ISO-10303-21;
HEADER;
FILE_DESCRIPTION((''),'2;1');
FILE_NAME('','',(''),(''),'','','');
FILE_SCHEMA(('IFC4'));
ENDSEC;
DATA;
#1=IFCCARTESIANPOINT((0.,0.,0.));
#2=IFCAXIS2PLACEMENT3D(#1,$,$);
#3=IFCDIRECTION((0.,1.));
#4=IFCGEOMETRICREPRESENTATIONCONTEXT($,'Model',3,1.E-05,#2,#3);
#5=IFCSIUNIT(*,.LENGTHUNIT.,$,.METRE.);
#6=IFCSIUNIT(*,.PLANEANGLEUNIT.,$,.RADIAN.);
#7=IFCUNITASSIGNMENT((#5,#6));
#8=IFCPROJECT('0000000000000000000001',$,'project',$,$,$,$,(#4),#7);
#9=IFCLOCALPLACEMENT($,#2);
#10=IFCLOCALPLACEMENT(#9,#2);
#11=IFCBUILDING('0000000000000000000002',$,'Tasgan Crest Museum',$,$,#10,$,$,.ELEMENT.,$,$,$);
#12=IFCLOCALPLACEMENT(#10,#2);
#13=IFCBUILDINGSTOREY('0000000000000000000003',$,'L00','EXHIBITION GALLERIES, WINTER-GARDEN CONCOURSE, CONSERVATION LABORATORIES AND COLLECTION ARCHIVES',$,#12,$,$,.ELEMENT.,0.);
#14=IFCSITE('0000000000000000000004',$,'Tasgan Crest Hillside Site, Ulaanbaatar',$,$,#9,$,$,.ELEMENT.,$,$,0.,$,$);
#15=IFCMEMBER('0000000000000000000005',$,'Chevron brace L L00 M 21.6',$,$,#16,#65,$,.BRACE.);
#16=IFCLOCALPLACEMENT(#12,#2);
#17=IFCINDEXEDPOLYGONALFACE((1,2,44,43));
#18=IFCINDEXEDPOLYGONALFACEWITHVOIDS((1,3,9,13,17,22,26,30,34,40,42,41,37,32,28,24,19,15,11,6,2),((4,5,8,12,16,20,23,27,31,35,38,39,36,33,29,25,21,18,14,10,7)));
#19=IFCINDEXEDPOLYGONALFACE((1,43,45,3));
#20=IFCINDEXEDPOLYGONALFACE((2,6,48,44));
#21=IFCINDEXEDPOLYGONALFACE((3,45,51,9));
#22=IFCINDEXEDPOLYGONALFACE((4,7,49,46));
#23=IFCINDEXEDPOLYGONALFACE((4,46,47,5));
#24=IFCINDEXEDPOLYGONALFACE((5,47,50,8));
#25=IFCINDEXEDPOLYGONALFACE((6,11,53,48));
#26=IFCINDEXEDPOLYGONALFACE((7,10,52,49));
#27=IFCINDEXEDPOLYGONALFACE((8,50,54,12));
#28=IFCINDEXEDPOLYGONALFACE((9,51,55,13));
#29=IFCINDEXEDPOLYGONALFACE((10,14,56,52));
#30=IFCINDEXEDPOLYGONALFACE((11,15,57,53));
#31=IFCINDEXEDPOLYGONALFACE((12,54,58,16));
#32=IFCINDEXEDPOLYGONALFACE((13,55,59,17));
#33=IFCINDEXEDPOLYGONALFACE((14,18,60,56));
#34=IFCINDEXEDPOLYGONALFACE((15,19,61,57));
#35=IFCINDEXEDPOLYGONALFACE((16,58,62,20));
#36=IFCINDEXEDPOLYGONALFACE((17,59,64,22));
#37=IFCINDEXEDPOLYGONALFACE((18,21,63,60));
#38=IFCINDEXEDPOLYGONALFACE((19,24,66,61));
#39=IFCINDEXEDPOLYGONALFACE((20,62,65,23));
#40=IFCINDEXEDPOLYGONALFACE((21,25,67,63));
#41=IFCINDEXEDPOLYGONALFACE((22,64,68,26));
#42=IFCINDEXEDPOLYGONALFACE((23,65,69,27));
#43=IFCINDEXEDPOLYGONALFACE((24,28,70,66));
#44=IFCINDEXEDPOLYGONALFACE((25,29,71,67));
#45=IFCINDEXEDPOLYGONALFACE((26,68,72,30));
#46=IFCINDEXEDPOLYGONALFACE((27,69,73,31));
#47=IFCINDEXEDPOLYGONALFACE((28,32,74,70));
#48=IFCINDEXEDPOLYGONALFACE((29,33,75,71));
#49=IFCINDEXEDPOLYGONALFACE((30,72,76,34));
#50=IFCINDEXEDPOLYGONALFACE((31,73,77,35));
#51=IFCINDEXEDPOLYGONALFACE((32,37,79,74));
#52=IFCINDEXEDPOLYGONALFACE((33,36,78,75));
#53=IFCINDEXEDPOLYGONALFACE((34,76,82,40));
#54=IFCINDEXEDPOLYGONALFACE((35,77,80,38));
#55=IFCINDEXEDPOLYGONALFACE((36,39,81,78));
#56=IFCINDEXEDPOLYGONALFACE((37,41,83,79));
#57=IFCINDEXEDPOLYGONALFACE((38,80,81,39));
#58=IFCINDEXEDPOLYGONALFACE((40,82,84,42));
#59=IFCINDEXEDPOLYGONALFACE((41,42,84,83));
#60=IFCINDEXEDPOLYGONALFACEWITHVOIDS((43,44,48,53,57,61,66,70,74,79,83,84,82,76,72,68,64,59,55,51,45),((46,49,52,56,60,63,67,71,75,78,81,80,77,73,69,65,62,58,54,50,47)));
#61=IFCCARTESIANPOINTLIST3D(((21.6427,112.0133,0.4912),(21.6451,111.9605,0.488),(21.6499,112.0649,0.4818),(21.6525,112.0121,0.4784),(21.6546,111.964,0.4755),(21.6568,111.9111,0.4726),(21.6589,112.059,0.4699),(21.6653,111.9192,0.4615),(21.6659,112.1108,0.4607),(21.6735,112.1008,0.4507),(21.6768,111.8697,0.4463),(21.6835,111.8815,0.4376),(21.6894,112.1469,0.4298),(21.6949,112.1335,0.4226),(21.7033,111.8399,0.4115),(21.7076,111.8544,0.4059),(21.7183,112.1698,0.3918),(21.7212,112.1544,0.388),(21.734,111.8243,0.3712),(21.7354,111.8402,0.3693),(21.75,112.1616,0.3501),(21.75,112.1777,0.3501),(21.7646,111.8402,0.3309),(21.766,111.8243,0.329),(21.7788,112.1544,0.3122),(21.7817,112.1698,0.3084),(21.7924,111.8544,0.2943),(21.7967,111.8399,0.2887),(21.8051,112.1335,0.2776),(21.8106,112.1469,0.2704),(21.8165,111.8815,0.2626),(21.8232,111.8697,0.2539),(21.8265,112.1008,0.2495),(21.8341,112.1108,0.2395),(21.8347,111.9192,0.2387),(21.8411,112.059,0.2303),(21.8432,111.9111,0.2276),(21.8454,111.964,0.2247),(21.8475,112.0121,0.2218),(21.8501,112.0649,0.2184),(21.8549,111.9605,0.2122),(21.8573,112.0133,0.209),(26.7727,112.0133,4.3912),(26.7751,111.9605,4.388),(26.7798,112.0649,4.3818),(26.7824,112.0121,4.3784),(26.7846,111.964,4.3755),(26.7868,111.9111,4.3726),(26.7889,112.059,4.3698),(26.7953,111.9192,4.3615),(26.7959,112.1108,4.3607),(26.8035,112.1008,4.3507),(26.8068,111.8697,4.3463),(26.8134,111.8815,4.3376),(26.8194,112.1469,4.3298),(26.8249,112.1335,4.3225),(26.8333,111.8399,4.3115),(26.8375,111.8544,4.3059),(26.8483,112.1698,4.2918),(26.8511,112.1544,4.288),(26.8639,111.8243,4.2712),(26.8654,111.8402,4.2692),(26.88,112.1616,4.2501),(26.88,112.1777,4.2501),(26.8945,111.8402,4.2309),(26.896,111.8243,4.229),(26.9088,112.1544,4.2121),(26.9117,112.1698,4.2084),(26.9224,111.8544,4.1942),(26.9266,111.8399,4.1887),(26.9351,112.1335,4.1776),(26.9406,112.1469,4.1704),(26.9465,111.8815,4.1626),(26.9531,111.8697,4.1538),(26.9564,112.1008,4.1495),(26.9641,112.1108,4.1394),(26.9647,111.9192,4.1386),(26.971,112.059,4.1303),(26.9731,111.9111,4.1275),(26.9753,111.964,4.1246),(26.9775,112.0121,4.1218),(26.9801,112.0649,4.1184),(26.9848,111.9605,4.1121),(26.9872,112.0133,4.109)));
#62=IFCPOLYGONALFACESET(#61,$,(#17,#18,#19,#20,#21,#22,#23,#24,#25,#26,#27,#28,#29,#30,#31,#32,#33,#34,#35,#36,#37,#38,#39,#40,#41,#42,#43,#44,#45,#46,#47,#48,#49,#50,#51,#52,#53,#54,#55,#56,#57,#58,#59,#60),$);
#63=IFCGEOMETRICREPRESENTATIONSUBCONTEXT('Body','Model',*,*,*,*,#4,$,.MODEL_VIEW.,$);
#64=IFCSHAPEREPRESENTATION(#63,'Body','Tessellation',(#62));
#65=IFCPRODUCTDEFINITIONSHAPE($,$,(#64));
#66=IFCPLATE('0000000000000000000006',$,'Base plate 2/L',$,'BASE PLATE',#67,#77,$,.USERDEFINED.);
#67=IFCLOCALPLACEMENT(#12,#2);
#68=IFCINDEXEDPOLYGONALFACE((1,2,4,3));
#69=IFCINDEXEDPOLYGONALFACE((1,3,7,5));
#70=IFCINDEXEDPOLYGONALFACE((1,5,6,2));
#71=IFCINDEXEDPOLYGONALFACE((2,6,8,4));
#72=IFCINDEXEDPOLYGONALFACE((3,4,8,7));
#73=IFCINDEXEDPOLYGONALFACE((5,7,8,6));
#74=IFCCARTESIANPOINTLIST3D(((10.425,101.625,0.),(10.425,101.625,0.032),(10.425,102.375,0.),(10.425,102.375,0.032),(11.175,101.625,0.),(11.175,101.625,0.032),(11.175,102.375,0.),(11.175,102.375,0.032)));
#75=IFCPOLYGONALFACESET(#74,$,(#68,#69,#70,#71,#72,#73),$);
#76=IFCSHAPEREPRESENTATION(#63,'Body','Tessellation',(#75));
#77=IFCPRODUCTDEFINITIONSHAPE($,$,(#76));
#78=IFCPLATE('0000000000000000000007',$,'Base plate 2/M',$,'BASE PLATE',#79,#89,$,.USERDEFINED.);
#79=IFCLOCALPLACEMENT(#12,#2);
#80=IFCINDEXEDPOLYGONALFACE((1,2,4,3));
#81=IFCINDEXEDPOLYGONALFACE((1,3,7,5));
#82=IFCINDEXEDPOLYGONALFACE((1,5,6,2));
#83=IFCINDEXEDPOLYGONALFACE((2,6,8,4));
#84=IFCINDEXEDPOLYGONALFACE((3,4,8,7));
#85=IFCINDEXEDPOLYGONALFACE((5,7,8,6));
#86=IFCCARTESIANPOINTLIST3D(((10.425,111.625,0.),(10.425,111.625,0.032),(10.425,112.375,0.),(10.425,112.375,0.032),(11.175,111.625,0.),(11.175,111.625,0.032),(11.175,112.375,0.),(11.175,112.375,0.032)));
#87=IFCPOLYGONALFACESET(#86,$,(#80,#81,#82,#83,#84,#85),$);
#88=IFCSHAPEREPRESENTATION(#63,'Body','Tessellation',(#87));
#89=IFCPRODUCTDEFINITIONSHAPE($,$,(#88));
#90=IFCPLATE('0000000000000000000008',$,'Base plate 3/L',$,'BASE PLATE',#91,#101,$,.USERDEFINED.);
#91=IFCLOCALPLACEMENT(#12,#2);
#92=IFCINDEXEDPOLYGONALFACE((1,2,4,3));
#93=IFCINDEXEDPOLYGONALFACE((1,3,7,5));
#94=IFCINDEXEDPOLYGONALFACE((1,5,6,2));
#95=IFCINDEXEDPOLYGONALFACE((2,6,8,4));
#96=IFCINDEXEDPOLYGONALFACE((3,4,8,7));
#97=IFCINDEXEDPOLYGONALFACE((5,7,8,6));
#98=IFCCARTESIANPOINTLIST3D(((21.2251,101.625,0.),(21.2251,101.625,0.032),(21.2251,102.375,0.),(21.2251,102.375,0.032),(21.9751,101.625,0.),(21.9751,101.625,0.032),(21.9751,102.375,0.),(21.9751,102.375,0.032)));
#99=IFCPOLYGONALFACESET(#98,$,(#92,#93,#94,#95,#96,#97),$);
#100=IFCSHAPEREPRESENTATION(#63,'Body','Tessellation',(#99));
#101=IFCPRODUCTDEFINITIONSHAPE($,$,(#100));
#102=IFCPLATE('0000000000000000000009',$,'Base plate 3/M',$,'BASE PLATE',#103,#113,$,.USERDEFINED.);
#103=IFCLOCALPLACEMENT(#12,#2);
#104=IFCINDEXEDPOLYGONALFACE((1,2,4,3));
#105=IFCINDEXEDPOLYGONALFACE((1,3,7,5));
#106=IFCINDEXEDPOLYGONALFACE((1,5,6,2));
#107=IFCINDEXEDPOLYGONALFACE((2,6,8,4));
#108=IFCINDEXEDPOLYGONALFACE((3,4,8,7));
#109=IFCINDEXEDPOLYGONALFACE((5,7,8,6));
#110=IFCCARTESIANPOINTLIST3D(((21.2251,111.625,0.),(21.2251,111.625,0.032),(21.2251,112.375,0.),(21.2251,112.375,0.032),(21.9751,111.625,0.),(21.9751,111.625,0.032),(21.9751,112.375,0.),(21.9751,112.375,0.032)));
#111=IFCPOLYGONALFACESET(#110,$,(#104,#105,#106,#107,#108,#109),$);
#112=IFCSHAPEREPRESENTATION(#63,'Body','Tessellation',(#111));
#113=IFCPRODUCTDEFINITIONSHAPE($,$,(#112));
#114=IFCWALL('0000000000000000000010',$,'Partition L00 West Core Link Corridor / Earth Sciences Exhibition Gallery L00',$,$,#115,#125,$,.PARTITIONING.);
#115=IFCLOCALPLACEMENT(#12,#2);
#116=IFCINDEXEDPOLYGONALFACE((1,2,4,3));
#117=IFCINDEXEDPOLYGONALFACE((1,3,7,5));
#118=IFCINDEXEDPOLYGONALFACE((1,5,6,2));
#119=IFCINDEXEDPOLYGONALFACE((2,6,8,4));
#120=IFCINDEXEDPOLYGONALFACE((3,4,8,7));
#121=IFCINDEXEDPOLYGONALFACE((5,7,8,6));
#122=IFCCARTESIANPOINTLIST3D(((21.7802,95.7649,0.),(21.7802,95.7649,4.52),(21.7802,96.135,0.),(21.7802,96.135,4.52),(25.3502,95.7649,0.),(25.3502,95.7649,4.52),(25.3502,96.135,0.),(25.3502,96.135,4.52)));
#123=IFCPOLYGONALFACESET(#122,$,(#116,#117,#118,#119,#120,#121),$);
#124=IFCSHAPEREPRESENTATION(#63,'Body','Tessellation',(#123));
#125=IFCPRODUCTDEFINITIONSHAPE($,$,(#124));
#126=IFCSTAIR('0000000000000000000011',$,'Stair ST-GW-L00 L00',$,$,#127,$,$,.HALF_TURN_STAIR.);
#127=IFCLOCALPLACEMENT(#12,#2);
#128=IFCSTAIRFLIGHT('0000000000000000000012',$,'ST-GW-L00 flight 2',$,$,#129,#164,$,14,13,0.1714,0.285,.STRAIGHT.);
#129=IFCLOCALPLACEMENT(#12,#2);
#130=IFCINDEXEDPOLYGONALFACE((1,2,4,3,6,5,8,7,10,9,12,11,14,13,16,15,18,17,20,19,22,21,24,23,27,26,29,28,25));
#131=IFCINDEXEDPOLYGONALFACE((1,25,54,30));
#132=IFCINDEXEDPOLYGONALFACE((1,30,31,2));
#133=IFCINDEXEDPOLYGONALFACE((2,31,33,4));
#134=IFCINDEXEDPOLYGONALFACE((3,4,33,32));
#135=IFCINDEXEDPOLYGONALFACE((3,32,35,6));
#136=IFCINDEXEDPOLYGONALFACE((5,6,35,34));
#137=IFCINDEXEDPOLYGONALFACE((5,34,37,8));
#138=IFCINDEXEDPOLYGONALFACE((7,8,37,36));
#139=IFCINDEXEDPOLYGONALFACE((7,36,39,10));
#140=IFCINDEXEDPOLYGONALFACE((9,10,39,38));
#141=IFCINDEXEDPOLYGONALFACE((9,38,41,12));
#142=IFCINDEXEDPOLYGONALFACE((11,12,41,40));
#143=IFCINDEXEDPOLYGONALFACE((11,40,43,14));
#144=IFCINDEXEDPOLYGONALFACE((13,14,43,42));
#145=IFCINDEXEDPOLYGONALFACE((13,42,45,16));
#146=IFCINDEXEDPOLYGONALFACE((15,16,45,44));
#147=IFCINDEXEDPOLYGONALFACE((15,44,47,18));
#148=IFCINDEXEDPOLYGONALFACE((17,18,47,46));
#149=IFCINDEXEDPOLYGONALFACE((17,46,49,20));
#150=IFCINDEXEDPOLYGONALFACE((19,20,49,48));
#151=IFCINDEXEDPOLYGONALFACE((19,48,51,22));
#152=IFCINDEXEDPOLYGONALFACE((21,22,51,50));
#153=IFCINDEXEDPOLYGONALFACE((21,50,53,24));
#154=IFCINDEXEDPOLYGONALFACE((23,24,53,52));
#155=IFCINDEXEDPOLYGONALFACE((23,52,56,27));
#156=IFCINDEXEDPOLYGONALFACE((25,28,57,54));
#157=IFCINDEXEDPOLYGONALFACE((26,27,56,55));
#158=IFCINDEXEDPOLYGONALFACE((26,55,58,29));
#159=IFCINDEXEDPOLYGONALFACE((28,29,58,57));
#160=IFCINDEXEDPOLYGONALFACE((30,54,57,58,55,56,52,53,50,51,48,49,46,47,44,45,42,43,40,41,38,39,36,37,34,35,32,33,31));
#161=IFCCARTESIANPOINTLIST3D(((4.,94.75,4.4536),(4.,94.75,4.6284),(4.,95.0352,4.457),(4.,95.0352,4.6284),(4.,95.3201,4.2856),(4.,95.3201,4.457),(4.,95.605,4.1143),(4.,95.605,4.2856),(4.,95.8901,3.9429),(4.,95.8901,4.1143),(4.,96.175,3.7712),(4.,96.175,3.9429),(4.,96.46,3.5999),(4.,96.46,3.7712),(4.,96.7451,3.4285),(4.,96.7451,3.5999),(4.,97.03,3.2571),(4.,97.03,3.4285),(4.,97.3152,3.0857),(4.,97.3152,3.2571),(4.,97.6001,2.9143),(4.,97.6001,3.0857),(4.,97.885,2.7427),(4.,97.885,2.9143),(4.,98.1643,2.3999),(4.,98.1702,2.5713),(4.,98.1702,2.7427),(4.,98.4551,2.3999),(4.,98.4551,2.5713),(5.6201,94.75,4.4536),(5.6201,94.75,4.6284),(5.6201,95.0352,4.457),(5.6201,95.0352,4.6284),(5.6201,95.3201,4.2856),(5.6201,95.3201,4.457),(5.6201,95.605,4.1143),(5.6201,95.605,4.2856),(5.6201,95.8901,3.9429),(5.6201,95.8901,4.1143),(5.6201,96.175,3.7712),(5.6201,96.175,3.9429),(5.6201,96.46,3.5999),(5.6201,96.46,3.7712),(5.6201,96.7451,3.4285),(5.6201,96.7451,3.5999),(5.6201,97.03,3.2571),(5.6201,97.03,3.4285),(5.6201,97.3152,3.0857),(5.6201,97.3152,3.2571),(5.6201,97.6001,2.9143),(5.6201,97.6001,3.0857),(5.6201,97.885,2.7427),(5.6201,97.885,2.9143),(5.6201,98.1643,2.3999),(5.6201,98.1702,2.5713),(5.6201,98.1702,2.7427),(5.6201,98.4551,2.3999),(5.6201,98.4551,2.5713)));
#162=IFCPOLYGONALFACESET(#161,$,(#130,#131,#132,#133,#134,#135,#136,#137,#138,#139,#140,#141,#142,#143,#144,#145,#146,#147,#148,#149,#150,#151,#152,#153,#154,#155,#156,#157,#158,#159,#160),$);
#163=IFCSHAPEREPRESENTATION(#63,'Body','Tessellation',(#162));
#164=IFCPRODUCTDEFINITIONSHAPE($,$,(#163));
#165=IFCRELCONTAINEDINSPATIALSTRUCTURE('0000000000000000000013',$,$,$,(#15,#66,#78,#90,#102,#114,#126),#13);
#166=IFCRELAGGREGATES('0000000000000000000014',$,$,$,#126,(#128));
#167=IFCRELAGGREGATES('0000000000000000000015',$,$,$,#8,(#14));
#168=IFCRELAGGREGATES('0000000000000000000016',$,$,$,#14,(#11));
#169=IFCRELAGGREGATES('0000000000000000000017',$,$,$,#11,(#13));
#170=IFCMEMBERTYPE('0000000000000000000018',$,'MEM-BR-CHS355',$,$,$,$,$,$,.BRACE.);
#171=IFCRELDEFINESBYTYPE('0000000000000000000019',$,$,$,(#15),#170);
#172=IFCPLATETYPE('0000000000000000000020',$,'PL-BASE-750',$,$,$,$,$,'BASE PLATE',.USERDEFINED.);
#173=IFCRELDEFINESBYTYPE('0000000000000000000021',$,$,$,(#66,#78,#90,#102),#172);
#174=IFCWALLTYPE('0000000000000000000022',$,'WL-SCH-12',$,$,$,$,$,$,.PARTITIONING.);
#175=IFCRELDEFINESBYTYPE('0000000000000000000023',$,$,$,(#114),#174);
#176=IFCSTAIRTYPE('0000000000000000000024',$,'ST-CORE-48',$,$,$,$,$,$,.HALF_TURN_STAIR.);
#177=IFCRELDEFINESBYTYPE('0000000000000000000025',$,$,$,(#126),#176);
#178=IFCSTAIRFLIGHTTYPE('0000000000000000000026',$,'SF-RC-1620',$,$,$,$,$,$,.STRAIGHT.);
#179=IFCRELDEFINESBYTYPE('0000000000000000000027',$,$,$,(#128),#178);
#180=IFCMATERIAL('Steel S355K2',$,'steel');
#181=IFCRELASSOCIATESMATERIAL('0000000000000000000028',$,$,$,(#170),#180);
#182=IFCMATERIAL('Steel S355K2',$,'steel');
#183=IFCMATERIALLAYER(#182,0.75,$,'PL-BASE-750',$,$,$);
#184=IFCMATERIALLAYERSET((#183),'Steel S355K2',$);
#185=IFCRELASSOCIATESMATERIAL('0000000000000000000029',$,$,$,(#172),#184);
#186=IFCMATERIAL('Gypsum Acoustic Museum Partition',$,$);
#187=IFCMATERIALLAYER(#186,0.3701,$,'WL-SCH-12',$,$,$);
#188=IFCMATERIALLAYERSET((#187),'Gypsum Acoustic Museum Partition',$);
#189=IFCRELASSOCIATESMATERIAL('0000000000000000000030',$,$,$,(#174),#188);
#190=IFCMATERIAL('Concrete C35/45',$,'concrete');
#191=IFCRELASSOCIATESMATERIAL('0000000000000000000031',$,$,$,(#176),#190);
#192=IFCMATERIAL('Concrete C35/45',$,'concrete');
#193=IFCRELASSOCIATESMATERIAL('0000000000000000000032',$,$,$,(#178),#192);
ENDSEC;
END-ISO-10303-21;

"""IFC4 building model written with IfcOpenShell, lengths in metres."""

from ifc_helpers import new_model, si_unit, direction, frame, frame_2d, origin, origin_2d, place, context, subcontext, project, spatial, polyline, rectangle, hollow_circle, outline, extrude, material, layer, layer_set, material_profile, profile_set, type_object, element, aggregate, save


model = new_model("IFC4")

# Units and contexts
model_context = context("Model", 3, precision=1e-05, world=origin(), true_north=direction((0.0, 1.0)))
body_context = subcontext(model_context, "Body", "Model", "MODEL_VIEW")
ifc_project = project(units=[si_unit("LENGTHUNIT", "METRE"), si_unit("PLANEANGLEUNIT", "RADIAN")], contexts=[model_context])

# Site, building, storey
site_placement = place(None, origin())
site = spatial("IfcSite", under=ifc_project, at=site_placement, Name="Tasgan Crest Hillside Site, Ulaanbaatar", CompositionType="ELEMENT", RefElevation=0.0)
building_placement = place(site_placement, origin())
building = spatial("IfcBuilding", under=site, at=building_placement, Name="Tasgan Crest Museum", CompositionType="ELEMENT")
storey_placement = place(building_placement, origin())
storey = spatial("IfcBuildingStorey", under=building, at=storey_placement, Name="L00", Description="EXHIBITION GALLERIES, WINTER-GARDEN CONCOURSE, CONSERVATION LABORATORIES AND COLLECTION ARCHIVES", CompositionType="ELEMENT", Elevation=0.0)

# Member
ifc_material_1 = material(Name="Steel S355K2", Category="steel")
ifc_material_profile_1 = material_profile(ifc_material_1, hollow_circle(Radius=0.1777, WallThickness=0.0161, at=origin_2d()), Name="CHS 355.6x16")
ifc_profile_set_1 = profile_set([ifc_material_profile_1], Name="Steel S355K2")
member_type = type_object("IfcMemberType", Name="MEM-BR-CHS355", PredefinedType="BRACE", material=ifc_profile_set_1)
member_placement = place(storey_placement, frame((21.75, 112.0, 0.3501), z_axis=(0.796073, 0.0, 0.6052), x_axis=(0.0, 1.0, 0.0)))
element("IfcMember", 1, at=member_placement, inside=storey, type_object=member_type, Name="Chevron brace L L00 M 21.6", PredefinedType="BRACE", context=body_context, shape_type="SweptSolid", body=[
    extrude(hollow_circle(Radius=0.1777, WallThickness=0.0161, at=origin_2d()), origin(), (0.0, 0.0, 1.0), 6.4441),
])

# Plates
ifc_material_2 = material(Name="Steel S355K2", Category="steel")
ifc_layer_1 = layer(ifc_material_2, 0.75, Name="PL-BASE-750")
ifc_layer_set_1 = layer_set([ifc_layer_1], Name="Steel S355K2")
plate_type = type_object("IfcPlateType", Name="PL-BASE-750", ElementType="BASE PLATE", PredefinedType="USERDEFINED", material=ifc_layer_set_1)
for number, where, z_axis, x_axis, name in (
    (2, (10.8, 102.0, 0.0), (0.0, 0.0, 1.0), (1.0, 0.0, 0.0), "Base plate 2/L"),
    (3, (10.8, 112.0, 0.0), (0.0, 0.0, 1.0), (1.0, 0.0, 0.0), "Base plate 2/M"),
    (4, (21.6001, 102.0, 0.0), (0.0, 0.0, 1.0), (1.0, 0.0, 0.0), "Base plate 3/L"),
    (5, (21.6001, 112.0, 0.0), (0.0, 0.0, 1.0), (1.0, 0.0, 0.0), "Base plate 3/M"),
):
    element("IfcPlate", number, at=place(storey_placement, frame(where, z_axis=z_axis, x_axis=x_axis)), inside=storey, type_object=plate_type, Name=name, ObjectType="BASE PLATE", PredefinedType="USERDEFINED", context=body_context, shape_type="SweptSolid", body=[
        extrude(rectangle(XDim=0.75, YDim=0.75, at=origin_2d()), origin(), (0.0, 0.0, 1.0), 0.032),
    ])

# Wall
ifc_material_3 = material(Name="Gypsum Acoustic Museum Partition")
ifc_layer_2 = layer(ifc_material_3, 0.3701, Name="WL-SCH-12")
ifc_layer_set_2 = layer_set([ifc_layer_2], Name="Gypsum Acoustic Museum Partition")
wall_type = type_object("IfcWallType", Name="WL-SCH-12", PredefinedType="PARTITIONING", material=ifc_layer_set_2)
wall_placement = place(storey_placement, frame((21.78, 95.95, 0.0), z_axis=(0.0, 0.0, 1.0), x_axis=(1.0, 0.0, 0.0)))
element("IfcWall", 6, at=wall_placement, inside=storey, type_object=wall_type, Name="Partition L00 West Core Link Corridor / Earth Sciences Exhibition Gallery L00", PredefinedType="PARTITIONING", context=body_context, shape_type="SweptSolid", body=[
    extrude(rectangle(XDim=3.5701, YDim=0.3701, at=frame_2d((1.7852, 0.0))), origin(), (0.0, 0.0, 1.0), 4.52),
])

# Stair, stair flight
ifc_material_4 = material(Name="Concrete C35/45", Category="concrete")
stair_type = type_object("IfcStairType", Name="ST-CORE-48", PredefinedType="HALF_TURN_STAIR", material=ifc_material_4)
stair_placement = place(storey_placement, origin())
stair = element("IfcStair", 7, at=stair_placement, inside=storey, type_object=stair_type, Name="Stair ST-GW-L00 L00", PredefinedType="HALF_TURN_STAIR")
ifc_material_5 = material(Name="Concrete C35/45", Category="concrete")
stair_flight_type = type_object("IfcStairFlightType", Name="SF-RC-1620", PredefinedType="STRAIGHT", material=ifc_material_5)
stair_flight_placement = place(storey_placement, frame((4.8101, 98.4551, 2.3999), z_axis=(0.0, 0.0, 1.0), x_axis=(0.0, -1.0, 0.0)))
stair_flight = element("IfcStairFlight", 8, at=stair_flight_placement, type_object=stair_flight_type, Name="ST-GW-L00 flight 2", NumberOfRisers=14, NumberOfTreads=13, PredefinedType="STRAIGHT", RiserHeight=0.1714, TreadLength=0.285, context=body_context, shape_type="SweptSolid", body=[
    extrude(outline(polyline([(0.0, 0.0), (0.0, 0.1714), (0.2849, 0.1714), (0.2849, 0.3428), (0.5701, 0.3428), (0.5701, 0.5144), (0.855, 0.5144), (0.855, 0.6858), (1.1399, 0.6858), (1.1399, 0.8572), (1.425, 0.8572), (1.425, 1.0286), (1.71, 1.0286), (1.71, 1.2), (1.9951, 1.2), (1.9951, 1.3713), (2.28, 1.3713), (2.28, 1.543), (2.5649, 1.543), (2.5649, 1.7144), (2.8501, 1.7144), (2.8501, 1.8857), (3.135, 1.8857), (3.135, 2.0571), (3.4199, 2.0571), (3.4199, 2.2285), (3.7051, 2.2285), (3.7051, 2.3999), (3.7051, 2.0537), (0.2908, 0.0), (0.0, 0.0)])), frame((0.0, 0.8101, 0.0), z_axis=(0.0, -1.0, 0.0), x_axis=(1.0, 0.0, 0.0)), (0.0, 0.0, 1.0), 1.6201),
])
aggregate(stair, [stair_flight])

save(model, "model.ifc")
